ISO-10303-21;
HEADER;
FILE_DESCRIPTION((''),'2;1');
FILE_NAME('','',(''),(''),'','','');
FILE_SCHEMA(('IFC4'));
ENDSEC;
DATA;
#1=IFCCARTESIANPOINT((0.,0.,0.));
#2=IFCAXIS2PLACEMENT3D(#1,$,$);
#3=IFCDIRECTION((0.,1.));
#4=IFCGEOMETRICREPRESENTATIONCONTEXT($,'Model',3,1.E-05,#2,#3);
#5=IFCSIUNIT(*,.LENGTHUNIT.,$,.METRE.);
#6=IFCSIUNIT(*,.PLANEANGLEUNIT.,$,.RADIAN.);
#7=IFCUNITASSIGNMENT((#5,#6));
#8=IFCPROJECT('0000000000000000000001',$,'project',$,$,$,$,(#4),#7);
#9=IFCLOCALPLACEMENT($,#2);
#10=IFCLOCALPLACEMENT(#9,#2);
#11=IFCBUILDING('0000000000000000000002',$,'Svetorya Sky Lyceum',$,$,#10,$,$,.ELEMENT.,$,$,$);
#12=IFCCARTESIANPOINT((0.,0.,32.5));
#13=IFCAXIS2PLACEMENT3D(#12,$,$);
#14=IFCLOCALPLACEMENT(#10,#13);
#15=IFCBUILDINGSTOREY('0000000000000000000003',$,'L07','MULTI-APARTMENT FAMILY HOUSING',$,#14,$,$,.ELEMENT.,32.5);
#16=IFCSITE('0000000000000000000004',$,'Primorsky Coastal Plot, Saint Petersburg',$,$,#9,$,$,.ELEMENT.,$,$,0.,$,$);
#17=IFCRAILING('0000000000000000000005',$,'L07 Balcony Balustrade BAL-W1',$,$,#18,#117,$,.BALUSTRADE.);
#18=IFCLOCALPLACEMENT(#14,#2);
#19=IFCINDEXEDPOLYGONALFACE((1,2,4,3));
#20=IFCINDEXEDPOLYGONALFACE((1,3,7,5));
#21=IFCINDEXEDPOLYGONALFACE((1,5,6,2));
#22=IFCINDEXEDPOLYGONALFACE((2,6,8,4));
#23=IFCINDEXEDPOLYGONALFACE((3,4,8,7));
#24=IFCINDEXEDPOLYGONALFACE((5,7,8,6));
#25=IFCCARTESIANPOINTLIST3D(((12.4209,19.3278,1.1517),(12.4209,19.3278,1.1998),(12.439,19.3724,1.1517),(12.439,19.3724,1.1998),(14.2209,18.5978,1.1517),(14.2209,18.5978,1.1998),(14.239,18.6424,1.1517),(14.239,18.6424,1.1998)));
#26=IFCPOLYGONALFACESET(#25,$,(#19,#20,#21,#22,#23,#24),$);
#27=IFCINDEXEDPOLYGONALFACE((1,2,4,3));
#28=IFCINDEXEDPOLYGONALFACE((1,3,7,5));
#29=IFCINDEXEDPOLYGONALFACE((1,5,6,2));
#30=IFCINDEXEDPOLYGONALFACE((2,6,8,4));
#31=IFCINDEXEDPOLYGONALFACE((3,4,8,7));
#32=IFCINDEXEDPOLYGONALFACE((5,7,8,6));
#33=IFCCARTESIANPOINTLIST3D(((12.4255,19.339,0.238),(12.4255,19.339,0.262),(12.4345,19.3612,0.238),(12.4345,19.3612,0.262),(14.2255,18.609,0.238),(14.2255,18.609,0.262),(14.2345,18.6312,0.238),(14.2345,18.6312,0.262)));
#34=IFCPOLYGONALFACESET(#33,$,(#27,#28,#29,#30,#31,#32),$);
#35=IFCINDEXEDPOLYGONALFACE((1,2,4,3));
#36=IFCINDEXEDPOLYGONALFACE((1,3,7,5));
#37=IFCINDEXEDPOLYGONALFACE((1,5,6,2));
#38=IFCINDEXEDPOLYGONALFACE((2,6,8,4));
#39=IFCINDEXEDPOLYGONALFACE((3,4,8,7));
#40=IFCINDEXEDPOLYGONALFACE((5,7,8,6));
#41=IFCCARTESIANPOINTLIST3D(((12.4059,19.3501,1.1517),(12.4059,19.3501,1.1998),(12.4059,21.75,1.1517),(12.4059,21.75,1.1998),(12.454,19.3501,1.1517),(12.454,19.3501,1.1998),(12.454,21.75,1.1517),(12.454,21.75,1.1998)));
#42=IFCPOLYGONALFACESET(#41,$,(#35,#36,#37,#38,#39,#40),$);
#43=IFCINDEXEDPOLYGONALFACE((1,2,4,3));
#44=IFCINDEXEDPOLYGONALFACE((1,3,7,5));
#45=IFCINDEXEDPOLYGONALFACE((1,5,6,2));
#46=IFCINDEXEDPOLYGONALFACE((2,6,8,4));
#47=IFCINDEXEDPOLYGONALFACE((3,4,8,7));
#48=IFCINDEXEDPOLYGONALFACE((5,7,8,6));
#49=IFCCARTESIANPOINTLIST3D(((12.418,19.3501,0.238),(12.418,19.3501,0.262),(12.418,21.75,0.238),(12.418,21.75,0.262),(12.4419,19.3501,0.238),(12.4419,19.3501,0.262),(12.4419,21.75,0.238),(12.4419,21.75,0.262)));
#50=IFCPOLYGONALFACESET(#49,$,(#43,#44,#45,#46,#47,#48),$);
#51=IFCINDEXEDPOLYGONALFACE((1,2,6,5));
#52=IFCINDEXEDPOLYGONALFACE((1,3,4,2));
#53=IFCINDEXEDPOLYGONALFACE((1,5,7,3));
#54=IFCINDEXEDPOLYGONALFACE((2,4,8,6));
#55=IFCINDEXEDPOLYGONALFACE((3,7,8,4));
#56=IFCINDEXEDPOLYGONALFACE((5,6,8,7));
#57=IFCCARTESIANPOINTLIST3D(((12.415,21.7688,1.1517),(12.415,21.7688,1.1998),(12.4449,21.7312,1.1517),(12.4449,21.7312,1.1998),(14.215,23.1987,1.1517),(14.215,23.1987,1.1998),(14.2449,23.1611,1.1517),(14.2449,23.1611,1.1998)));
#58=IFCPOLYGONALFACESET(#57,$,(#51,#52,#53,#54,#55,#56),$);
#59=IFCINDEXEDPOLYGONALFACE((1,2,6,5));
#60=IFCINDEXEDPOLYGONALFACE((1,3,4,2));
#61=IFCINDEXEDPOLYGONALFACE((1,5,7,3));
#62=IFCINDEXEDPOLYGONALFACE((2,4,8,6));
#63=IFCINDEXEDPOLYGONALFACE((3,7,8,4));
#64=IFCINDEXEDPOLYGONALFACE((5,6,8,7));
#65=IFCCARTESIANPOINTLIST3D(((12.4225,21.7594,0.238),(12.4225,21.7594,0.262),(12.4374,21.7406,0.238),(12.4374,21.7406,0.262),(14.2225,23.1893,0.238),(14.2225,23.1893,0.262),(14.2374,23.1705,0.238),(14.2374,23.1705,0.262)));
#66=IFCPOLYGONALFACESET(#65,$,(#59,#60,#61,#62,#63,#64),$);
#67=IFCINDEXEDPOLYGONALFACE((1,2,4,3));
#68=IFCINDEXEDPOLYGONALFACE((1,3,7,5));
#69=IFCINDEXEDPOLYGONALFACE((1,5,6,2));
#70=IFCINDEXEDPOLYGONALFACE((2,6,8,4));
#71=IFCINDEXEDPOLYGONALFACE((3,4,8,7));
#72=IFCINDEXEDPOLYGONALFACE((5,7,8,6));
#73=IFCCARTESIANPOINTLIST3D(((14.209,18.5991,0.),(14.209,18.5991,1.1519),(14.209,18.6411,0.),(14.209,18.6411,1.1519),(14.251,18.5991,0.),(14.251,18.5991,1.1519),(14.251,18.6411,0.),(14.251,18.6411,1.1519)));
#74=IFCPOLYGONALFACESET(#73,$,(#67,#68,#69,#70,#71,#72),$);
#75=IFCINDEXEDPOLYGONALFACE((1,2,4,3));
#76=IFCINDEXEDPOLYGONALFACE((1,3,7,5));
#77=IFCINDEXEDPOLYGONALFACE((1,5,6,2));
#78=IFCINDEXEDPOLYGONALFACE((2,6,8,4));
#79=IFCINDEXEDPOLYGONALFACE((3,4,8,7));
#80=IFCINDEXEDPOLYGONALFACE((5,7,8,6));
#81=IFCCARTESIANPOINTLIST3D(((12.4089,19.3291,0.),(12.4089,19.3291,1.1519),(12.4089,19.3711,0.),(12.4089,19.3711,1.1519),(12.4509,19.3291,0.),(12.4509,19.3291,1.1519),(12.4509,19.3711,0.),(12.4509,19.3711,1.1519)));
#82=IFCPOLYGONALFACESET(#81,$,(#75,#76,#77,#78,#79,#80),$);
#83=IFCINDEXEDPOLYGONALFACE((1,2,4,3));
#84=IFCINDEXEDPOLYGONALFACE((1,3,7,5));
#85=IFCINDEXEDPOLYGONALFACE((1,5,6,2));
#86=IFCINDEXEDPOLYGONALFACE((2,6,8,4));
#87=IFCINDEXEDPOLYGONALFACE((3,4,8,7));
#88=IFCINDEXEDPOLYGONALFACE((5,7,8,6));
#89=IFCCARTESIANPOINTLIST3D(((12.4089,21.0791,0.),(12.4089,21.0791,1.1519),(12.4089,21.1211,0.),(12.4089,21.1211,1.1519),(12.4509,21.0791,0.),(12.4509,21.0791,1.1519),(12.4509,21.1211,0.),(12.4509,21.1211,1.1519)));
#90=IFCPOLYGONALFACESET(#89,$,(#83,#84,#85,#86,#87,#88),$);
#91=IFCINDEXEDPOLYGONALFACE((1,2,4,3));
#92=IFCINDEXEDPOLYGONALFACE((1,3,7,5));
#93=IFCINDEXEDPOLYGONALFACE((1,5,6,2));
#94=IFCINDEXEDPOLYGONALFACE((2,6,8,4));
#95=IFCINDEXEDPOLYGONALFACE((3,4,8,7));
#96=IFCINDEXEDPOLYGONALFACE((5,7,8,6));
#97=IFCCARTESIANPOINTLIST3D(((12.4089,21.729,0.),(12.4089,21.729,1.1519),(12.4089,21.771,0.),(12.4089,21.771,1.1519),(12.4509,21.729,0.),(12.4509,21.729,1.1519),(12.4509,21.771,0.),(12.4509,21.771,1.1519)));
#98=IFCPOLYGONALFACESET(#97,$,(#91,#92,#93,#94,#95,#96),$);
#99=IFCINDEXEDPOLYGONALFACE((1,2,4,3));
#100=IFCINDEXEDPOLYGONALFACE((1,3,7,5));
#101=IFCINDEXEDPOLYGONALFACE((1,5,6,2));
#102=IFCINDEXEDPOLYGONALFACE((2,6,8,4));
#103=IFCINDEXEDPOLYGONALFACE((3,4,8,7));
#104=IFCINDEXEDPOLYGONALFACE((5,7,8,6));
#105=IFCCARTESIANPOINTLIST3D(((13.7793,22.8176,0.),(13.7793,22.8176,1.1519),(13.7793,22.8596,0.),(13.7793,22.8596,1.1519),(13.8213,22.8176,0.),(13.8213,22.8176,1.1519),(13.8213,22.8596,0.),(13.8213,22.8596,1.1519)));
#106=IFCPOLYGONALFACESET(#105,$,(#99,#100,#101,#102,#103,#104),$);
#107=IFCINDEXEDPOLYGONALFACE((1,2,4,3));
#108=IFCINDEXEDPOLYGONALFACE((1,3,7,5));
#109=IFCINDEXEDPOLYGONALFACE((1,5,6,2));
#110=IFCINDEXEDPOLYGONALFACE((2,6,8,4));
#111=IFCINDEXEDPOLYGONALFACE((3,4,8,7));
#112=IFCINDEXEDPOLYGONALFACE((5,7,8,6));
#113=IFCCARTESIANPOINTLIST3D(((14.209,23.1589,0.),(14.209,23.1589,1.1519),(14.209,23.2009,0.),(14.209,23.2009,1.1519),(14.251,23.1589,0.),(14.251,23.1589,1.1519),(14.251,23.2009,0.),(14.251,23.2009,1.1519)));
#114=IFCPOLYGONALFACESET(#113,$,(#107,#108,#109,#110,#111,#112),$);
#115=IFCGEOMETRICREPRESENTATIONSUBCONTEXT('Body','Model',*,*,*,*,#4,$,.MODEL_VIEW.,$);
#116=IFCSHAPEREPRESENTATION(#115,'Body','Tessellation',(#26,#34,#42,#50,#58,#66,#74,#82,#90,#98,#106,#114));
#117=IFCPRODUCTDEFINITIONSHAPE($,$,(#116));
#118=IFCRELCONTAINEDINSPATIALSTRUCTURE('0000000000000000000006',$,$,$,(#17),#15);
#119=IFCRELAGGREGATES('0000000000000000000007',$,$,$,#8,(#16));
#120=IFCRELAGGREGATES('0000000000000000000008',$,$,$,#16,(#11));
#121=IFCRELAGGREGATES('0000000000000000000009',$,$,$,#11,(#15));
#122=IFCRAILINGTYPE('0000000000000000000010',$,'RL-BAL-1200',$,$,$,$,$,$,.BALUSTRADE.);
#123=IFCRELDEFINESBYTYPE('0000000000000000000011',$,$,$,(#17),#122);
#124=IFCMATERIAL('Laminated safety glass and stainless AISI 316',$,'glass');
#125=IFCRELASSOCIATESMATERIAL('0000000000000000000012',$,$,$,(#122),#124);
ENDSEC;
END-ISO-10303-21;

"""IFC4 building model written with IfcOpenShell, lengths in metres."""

from ifc_helpers import new_model, si_unit, direction, frame, origin, origin_2d, place, context, subcontext, project, spatial, rectangle, extrude, material, type_object, element, save


model = new_model("IFC4")

# Units and contexts
model_context = context("Model", 3, precision=1e-05, world=origin(), true_north=direction((0.0, 1.0)))
body_context = subcontext(model_context, "Body", "Model", "MODEL_VIEW")
ifc_project = project(units=[si_unit("LENGTHUNIT", "METRE"), si_unit("PLANEANGLEUNIT", "RADIAN")], contexts=[model_context])

# Site, building, storey
site_placement = place(None, origin())
site = spatial("IfcSite", under=ifc_project, at=site_placement, Name="Primorsky Coastal Plot, Saint Petersburg", CompositionType="ELEMENT", RefElevation=0.0)
building_placement = place(site_placement, origin())
building = spatial("IfcBuilding", under=site, at=building_placement, Name="Svetorya Sky Lyceum", CompositionType="ELEMENT")
storey_placement = place(building_placement, frame((0.0, 0.0, 32.5)))
storey = spatial("IfcBuildingStorey", under=building, at=storey_placement, Name="L07", Description="MULTI-APARTMENT FAMILY HOUSING", CompositionType="ELEMENT", Elevation=32.5)

# Railing
ifc_material_1 = material(Name="Laminated safety glass and stainless AISI 316", Category="glass")
railing_type = type_object("IfcRailingType", Name="RL-BAL-1200", PredefinedType="BALUSTRADE", material=ifc_material_1)
railing_placement = place(storey_placement, frame((14.23, 18.6201, 0.0)))
element("IfcRailing", 1, at=railing_placement, inside=storey, type_object=railing_type, Name="L07 Balcony Balustrade BAL-W1", PredefinedType="BALUSTRADE", context=body_context, shape_type="SweptSolid", body=[
    extrude(rectangle(XDim=0.0481, YDim=0.0481, at=origin_2d()), frame((0.0, 0.0, 1.1758), z_axis=(-0.926698, 0.375807, 0.0), x_axis=(-0.375807, -0.926698, 0.0)), (0.0, 0.0, 1.0), 1.9424),
    extrude(rectangle(XDim=0.0239, YDim=0.0239, at=origin_2d()), frame((0.0, 0.0, 0.25), z_axis=(-0.926698, 0.375807, 0.0), x_axis=(-0.375807, -0.926698, 0.0)), (0.0, 0.0, 1.0), 1.9424),
    extrude(rectangle(XDim=0.0481, YDim=0.0481, at=origin_2d()), frame((-1.8, 0.73, 1.1758), z_axis=(0.0, 1.0, 0.0), x_axis=(-1.0, 0.0, 0.0)), (0.0, 0.0, 1.0), 2.3999),
    extrude(rectangle(XDim=0.0239, YDim=0.0239, at=origin_2d()), frame((-1.8, 0.73, 0.25), z_axis=(0.0, 1.0, 0.0), x_axis=(-1.0, 0.0, 0.0)), (0.0, 0.0, 1.0), 2.3999),
    extrude(rectangle(XDim=0.0481, YDim=0.0481, at=origin_2d()), frame((-1.8, 3.1299, 1.1758), z_axis=(0.783009, 0.62201, 0.0), x_axis=(-0.62201, 0.783009, 0.0)), (0.0, 0.0, 1.0), 2.2988),
    extrude(rectangle(XDim=0.0239, YDim=0.0239, at=origin_2d()), frame((-1.8, 3.1299, 0.25), z_axis=(0.783009, 0.62201, 0.0), x_axis=(-0.62201, 0.783009, 0.0)), (0.0, 0.0, 1.0), 2.2988),
    extrude(rectangle(XDim=0.042, YDim=0.042, at=origin_2d()), origin(), (0.0, 0.0, 1.0), 1.1519),
    extrude(rectangle(XDim=0.042, YDim=0.042, at=origin_2d()), frame((-1.8, 0.73, 0.0)), (0.0, 0.0, 1.0), 1.1519),
    extrude(rectangle(XDim=0.042, YDim=0.042, at=origin_2d()), frame((-1.8, 2.48, 0.0)), (0.0, 0.0, 1.0), 1.1519),
    extrude(rectangle(XDim=0.042, YDim=0.042, at=origin_2d()), frame((-1.8, 3.1299, 0.0)), (0.0, 0.0, 1.0), 1.1519),
    extrude(rectangle(XDim=0.042, YDim=0.042, at=origin_2d()), frame((-0.4297, 4.2185, 0.0)), (0.0, 0.0, 1.0), 1.1519),
    extrude(rectangle(XDim=0.042, YDim=0.042, at=origin_2d()), frame((0.0, 4.5598, 0.0)), (0.0, 0.0, 1.0), 1.1519),
])

save(model, "model.ifc")
